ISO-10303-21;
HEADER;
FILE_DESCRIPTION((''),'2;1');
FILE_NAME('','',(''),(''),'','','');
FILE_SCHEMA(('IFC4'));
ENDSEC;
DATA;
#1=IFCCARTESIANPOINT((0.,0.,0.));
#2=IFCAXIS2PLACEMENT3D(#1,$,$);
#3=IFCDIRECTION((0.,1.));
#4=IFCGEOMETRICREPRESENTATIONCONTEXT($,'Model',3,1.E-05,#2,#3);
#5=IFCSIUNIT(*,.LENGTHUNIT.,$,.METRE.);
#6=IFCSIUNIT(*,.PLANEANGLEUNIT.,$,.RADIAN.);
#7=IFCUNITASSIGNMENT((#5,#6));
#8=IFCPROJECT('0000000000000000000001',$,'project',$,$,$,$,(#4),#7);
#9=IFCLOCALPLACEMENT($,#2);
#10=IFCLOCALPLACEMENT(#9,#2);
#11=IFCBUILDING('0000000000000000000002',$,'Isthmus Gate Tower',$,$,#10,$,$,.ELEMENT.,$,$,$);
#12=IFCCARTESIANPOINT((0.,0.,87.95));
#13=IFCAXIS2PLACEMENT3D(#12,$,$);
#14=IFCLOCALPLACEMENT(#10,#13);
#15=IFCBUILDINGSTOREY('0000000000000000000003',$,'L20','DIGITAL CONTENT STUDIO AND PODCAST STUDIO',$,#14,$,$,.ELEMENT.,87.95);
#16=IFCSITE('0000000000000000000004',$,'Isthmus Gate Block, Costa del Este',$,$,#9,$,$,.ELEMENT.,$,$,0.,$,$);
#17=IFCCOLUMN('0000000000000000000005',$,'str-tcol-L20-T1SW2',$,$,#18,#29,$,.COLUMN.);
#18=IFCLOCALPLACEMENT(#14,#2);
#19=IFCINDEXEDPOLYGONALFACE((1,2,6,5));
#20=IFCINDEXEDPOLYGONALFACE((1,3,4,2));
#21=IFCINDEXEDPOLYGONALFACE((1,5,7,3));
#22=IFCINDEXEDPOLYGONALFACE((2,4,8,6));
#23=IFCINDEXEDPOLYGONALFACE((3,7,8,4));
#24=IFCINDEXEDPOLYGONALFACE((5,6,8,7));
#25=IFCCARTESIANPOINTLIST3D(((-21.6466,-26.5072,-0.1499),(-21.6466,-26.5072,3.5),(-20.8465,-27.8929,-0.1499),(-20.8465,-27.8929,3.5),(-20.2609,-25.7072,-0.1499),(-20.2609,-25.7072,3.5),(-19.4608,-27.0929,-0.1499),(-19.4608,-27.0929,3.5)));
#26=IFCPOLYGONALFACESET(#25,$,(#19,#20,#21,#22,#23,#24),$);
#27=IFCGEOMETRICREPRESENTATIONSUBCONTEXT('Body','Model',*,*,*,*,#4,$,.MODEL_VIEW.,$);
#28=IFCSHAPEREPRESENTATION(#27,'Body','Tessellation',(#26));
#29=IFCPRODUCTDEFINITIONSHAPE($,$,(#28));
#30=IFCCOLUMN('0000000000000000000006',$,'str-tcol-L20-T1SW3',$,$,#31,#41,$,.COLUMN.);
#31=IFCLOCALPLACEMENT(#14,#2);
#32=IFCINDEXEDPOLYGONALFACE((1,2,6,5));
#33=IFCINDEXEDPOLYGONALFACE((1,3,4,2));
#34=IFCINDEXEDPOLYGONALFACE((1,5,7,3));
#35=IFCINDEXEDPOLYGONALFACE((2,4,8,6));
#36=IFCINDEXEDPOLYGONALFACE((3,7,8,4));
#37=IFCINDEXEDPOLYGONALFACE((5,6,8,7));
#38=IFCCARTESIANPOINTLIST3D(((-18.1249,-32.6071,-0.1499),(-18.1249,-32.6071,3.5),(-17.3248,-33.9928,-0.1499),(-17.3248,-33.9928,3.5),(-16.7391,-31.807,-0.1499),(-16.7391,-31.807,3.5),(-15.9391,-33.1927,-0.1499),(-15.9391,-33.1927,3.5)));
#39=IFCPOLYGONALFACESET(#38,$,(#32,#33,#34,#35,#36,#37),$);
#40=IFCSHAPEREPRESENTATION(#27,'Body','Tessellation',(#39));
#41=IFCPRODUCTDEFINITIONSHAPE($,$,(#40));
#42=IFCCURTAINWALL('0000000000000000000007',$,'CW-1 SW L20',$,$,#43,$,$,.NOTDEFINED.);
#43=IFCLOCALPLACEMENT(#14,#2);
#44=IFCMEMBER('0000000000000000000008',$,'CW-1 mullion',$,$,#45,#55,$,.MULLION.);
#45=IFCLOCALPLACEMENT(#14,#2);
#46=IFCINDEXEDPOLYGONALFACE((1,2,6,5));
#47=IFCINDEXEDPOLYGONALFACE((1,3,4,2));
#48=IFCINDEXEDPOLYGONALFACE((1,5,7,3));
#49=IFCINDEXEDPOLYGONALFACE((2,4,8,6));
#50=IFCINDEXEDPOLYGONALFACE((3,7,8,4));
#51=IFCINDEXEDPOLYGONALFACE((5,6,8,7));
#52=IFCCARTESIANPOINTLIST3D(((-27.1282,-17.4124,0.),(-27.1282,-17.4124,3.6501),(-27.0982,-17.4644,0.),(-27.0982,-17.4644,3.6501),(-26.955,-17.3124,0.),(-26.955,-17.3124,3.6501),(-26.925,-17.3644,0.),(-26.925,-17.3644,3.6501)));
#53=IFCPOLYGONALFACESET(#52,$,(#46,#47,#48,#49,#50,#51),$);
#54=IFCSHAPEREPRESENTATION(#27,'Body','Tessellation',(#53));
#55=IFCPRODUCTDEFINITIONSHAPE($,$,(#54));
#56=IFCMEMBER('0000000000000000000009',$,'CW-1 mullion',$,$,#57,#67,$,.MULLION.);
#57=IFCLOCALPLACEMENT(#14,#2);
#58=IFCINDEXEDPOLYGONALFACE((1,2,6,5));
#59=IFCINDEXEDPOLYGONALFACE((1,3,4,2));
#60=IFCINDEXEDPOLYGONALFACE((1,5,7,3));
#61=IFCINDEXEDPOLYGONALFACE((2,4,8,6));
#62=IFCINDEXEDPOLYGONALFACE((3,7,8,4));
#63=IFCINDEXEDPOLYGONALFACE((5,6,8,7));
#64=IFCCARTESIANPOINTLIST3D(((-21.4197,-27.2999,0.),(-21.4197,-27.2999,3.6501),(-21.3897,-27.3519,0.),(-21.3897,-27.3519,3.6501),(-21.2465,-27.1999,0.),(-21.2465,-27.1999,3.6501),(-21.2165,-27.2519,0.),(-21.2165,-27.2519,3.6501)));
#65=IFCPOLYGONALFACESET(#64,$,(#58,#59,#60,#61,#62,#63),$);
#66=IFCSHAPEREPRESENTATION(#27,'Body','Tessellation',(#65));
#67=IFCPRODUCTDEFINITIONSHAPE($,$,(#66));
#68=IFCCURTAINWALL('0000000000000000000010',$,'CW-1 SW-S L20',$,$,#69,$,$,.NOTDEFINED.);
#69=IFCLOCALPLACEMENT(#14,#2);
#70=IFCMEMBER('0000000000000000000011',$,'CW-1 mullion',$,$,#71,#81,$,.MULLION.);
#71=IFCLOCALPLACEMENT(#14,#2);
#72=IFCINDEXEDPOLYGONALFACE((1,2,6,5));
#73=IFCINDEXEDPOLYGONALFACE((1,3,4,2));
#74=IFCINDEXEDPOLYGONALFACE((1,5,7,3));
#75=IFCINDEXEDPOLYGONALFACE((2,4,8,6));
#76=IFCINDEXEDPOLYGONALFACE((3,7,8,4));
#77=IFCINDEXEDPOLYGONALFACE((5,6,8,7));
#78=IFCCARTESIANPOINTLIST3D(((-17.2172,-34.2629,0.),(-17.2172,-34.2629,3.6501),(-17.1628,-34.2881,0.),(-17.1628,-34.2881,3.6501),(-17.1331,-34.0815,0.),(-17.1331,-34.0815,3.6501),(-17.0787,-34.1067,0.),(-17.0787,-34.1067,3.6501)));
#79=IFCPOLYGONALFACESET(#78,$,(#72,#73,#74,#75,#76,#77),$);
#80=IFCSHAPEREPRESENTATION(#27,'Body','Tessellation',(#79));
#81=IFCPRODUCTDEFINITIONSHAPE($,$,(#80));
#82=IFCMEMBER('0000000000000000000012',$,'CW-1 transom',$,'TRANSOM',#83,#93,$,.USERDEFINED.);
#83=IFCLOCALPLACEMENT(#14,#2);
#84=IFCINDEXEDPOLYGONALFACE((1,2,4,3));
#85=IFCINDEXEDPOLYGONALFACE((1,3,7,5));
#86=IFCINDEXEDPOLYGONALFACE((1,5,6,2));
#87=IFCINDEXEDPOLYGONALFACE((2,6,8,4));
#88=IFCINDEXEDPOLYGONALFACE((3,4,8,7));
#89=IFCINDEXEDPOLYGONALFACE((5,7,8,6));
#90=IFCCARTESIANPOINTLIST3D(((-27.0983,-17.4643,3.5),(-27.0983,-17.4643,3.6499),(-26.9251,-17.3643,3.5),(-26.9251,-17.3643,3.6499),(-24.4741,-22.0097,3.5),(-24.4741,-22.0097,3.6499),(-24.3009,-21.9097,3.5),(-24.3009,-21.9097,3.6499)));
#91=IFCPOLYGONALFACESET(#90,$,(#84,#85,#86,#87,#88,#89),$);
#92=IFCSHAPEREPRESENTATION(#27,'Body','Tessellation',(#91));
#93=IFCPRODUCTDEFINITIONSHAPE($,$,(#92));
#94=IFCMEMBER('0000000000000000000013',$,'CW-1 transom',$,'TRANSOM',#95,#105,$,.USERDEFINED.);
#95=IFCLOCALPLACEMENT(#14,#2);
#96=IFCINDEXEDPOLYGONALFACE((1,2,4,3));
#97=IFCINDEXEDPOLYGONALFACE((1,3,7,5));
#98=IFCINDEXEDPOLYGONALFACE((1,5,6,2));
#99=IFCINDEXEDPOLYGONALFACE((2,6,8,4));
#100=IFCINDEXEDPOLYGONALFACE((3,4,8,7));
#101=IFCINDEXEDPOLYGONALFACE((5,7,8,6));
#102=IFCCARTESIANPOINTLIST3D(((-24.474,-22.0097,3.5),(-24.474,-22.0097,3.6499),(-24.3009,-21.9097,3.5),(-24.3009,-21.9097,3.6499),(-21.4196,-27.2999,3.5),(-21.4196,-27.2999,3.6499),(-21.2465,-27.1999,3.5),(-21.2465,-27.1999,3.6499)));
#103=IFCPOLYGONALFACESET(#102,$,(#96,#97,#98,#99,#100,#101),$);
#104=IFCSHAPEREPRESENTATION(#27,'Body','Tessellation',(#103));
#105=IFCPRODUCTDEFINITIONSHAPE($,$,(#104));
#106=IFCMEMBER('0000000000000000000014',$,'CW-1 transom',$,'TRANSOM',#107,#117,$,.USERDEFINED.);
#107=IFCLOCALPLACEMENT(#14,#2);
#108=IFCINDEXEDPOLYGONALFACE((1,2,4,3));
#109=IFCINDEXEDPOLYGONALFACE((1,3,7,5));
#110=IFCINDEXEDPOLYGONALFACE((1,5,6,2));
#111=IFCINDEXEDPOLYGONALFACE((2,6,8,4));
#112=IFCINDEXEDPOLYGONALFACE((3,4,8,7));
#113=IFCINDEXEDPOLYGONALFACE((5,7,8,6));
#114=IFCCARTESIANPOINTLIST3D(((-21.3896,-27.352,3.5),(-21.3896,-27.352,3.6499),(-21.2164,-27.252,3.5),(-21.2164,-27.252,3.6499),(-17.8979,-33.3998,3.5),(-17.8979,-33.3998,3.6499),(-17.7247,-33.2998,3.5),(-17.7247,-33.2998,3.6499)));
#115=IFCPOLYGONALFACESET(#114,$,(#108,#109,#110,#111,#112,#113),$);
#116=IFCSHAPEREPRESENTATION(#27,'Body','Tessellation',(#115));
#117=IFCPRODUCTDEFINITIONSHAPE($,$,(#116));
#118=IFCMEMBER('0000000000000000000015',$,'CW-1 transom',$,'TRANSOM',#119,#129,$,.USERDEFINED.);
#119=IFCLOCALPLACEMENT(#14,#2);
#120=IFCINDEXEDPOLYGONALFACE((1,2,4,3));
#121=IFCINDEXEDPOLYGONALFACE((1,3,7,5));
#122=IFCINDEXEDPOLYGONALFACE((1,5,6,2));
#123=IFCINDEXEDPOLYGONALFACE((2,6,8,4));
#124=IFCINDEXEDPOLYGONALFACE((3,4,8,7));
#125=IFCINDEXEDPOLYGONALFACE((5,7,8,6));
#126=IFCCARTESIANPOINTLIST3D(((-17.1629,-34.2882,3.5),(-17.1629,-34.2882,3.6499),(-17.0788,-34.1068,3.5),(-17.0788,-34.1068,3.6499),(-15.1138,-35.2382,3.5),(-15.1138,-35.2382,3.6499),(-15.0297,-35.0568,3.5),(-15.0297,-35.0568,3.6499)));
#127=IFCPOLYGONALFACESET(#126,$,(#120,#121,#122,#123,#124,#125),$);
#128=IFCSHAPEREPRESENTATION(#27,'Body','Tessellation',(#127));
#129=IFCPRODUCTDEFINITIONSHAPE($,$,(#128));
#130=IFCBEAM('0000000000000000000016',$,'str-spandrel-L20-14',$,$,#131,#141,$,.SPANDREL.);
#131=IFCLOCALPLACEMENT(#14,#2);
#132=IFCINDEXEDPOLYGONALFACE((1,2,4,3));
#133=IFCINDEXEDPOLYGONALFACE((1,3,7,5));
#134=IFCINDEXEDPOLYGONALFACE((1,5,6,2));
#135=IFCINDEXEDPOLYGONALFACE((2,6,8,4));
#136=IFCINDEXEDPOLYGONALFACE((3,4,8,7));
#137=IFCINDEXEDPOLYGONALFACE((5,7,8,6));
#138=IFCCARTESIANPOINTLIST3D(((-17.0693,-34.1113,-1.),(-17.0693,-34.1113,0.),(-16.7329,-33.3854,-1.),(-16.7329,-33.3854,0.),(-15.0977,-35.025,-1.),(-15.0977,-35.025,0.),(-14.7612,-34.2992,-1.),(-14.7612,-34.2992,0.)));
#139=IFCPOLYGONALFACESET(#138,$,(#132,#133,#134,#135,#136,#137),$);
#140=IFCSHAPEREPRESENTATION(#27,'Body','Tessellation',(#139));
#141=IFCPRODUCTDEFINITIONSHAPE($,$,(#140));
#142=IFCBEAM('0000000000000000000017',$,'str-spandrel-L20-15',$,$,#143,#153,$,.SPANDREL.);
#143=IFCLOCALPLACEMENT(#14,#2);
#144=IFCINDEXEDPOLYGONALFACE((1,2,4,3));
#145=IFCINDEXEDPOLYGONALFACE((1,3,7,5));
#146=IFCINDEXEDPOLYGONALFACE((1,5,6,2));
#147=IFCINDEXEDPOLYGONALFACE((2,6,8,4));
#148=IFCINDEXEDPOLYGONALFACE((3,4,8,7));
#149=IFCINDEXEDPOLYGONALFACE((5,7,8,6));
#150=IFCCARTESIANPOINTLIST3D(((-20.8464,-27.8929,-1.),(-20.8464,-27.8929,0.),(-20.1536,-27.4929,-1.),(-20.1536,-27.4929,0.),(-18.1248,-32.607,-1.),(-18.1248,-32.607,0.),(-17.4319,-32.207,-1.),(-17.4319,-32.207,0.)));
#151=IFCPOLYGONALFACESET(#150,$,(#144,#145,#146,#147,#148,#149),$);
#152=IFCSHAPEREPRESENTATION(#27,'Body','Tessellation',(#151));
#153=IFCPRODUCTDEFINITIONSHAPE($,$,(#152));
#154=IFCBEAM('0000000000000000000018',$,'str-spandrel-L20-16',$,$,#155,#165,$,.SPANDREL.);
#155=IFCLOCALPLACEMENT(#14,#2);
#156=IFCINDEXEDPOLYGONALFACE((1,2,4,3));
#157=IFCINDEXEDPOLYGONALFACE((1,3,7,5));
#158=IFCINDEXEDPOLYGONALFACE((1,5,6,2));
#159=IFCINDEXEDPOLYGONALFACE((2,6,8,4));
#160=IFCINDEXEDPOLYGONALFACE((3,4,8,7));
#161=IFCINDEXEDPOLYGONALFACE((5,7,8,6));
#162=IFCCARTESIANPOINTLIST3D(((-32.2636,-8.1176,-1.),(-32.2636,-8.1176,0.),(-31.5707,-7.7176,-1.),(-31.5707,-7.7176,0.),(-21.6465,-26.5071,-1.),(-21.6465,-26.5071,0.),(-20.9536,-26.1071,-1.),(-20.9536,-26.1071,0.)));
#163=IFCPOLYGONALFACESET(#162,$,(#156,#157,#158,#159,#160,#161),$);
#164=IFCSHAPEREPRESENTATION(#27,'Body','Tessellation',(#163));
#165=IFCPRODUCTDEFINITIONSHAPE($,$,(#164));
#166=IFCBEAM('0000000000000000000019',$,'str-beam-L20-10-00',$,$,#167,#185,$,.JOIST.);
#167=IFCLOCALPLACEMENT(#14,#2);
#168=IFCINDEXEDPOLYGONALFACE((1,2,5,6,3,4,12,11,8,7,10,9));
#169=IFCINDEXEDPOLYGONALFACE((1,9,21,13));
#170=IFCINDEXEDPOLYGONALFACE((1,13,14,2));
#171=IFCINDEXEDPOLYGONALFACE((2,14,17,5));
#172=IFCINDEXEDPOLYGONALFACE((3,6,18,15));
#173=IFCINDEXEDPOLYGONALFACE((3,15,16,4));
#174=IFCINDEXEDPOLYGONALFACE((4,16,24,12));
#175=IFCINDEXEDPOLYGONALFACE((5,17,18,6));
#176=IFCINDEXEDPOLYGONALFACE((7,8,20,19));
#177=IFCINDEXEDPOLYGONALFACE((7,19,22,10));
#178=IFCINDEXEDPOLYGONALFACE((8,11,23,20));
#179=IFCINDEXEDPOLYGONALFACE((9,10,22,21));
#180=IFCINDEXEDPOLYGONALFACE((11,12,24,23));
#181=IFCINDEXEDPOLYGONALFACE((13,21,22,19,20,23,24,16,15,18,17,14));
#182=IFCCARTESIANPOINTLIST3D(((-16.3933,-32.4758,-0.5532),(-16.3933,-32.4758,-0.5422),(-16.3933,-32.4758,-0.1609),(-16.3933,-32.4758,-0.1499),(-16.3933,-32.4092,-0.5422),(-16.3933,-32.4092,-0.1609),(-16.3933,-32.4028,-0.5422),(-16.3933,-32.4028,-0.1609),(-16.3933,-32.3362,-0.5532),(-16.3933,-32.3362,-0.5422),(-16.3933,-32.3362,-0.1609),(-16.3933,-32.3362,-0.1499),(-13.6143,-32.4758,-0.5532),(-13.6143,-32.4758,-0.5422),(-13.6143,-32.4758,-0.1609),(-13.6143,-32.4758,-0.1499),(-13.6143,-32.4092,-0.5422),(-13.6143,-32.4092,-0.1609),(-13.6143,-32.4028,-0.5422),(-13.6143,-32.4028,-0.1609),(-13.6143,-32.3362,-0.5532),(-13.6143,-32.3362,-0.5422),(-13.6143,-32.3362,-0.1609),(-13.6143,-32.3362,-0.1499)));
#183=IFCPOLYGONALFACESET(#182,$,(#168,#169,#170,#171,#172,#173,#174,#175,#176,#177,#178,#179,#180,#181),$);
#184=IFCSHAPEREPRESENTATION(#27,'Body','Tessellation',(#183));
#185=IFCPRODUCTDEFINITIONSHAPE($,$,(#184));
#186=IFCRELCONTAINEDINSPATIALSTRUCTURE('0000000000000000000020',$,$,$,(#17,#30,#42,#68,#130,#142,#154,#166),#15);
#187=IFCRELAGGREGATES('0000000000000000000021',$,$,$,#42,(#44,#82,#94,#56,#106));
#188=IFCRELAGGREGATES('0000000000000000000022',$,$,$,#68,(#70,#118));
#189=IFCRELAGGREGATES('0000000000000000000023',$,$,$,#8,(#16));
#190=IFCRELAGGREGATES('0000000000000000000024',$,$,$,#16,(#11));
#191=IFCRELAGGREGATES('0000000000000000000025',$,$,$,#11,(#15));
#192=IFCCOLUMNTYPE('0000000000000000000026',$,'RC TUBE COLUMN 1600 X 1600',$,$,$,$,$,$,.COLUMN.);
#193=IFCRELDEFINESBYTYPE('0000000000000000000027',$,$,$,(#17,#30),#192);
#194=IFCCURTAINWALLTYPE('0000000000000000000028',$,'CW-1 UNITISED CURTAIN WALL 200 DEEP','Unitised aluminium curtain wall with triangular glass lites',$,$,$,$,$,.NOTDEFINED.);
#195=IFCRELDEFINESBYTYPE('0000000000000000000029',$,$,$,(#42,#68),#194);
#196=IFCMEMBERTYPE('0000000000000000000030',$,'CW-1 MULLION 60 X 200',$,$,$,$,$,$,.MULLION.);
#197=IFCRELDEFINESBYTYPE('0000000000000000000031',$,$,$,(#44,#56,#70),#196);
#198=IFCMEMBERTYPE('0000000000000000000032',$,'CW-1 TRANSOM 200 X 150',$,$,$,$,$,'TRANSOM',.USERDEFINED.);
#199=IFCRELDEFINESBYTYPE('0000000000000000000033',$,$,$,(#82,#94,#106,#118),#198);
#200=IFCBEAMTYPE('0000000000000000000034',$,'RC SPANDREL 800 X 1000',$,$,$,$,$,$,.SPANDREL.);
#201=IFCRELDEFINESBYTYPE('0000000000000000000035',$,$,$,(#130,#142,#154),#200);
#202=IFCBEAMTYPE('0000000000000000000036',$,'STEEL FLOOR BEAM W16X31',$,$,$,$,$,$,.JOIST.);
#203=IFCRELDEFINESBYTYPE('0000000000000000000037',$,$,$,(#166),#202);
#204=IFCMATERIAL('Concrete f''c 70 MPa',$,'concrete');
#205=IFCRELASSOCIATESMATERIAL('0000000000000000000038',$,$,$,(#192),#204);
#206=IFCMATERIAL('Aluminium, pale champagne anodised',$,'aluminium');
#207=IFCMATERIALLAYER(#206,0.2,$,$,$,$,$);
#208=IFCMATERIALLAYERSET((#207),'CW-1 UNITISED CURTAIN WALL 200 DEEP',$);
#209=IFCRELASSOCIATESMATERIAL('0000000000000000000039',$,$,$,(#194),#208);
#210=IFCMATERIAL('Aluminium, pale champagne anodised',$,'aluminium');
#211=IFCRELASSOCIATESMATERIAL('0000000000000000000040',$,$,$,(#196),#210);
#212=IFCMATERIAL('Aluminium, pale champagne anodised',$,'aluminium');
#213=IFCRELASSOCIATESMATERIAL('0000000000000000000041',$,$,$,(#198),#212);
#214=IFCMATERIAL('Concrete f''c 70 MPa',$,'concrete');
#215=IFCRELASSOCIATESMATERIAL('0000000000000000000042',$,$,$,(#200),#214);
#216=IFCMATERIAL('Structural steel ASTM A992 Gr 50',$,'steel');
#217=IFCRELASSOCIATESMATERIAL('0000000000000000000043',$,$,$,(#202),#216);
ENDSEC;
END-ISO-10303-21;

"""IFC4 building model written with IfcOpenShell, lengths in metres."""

from ifc_helpers import new_model, si_unit, direction, frame, origin, origin_2d, place, context, subcontext, project, spatial, rectangle, i_section, extrude, material, layer, layer_set, material_profile, profile_set, type_object, element, aggregate, save


model = new_model("IFC4")

# Units and contexts
model_context = context("Model", 3, precision=1e-05, world=origin(), true_north=direction((0.0, 1.0)))
body_context = subcontext(model_context, "Body", "Model", "MODEL_VIEW")
ifc_project = project(units=[si_unit("LENGTHUNIT", "METRE"), si_unit("PLANEANGLEUNIT", "RADIAN")], contexts=[model_context])

# Site, building, storey
site_placement = place(None, origin())
site = spatial("IfcSite", under=ifc_project, at=site_placement, Name="Isthmus Gate Block, Costa del Este", CompositionType="ELEMENT", RefElevation=0.0)
building_placement = place(site_placement, origin())
building = spatial("IfcBuilding", under=site, at=building_placement, Name="Isthmus Gate Tower", CompositionType="ELEMENT")
storey_placement = place(building_placement, frame((0.0, 0.0, 87.95)))
storey = spatial("IfcBuildingStorey", under=building, at=storey_placement, Name="L20", Description="DIGITAL CONTENT STUDIO AND PODCAST STUDIO", CompositionType="ELEMENT", Elevation=87.95)

# Columns
ifc_material_1 = material(Name="Concrete f'c 70 MPa", Category="concrete")
ifc_material_profile_1 = material_profile(ifc_material_1, rectangle(XDim=1.6001, YDim=1.6001, at=origin_2d()), Name="RC 1600X1600")
ifc_profile_set_1 = profile_set([ifc_material_profile_1], Name="Concrete f'c 70 MPa")
column_type = type_object("IfcColumnType", Name="RC TUBE COLUMN 1600 X 1600", PredefinedType="COLUMN", material=ifc_profile_set_1)
for number, where, z_axis, x_axis, name in (
    (1, (-20.5537, -26.8, -0.1499), (0.0, 0.0, 1.0), (0.5, -0.866025, 0.0), "str-tcol-L20-T1SW2"),
    (2, (-17.032, -32.8999, -0.1499), (0.0, 0.0, 1.0), (0.5, -0.866025, 0.0), "str-tcol-L20-T1SW3"),
):
    element("IfcColumn", number, at=place(storey_placement, frame(where, z_axis=z_axis, x_axis=x_axis)), inside=storey, type_object=column_type, Name=name, PredefinedType="COLUMN", context=body_context, shape_type="SweptSolid", body=[
        extrude(rectangle(XDim=1.6001, YDim=1.6001, at=origin_2d()), origin(), (0.0, 0.0, 1.0), 3.6499),
    ])

# Curtain wall, members
ifc_material_2 = material(Name="Aluminium, pale champagne anodised", Category="aluminium")
ifc_layer_1 = layer(ifc_material_2, 0.2)
ifc_layer_set_1 = layer_set([ifc_layer_1], Name="CW-1 UNITISED CURTAIN WALL 200 DEEP")
curtain_wall_type = type_object("IfcCurtainWallType", Name="CW-1 UNITISED CURTAIN WALL 200 DEEP", Description="Unitised aluminium curtain wall with triangular glass lites", PredefinedType="NOTDEFINED", material=ifc_layer_set_1)
curtain_wall_1_placement = place(storey_placement, origin())
curtain_wall_1 = element("IfcCurtainWall", 3, at=curtain_wall_1_placement, inside=storey, type_object=curtain_wall_type, Name="CW-1 SW L20", PredefinedType="NOTDEFINED")
ifc_material_3 = material(Name="Aluminium, pale champagne anodised", Category="aluminium")
ifc_material_profile_2 = material_profile(ifc_material_3, rectangle(XDim=0.0601, YDim=0.2, at=origin_2d()), Name="60x200")
ifc_profile_set_2 = profile_set([ifc_material_profile_2], Name="Aluminium, pale champagne anodised")
member_type_1 = type_object("IfcMemberType", Name="CW-1 MULLION 60 X 200", PredefinedType="MULLION", material=ifc_profile_set_2)
member_1_placement = place(storey_placement, frame((-27.0266, -17.3884, 0.0), z_axis=(0.0, 0.0, 1.0), x_axis=(0.5, -0.866025, 0.0)))
member_1 = element("IfcMember", 4, at=member_1_placement, type_object=member_type_1, Name="CW-1 mullion", PredefinedType="MULLION", context=body_context, shape_type="SweptSolid", body=[
    extrude(rectangle(XDim=0.0601, YDim=0.2, at=origin_2d()), origin(), (0.0, 0.0, 1.0), 3.6501),
])
member_2_placement = place(storey_placement, frame((-21.3181, -27.2759, 0.0), z_axis=(0.0, 0.0, 1.0), x_axis=(0.5, -0.866025, 0.0)))
member_2 = element("IfcMember", 5, at=member_2_placement, type_object=member_type_1, Name="CW-1 mullion", PredefinedType="MULLION", context=body_context, shape_type="SweptSolid", body=[
    extrude(rectangle(XDim=0.0601, YDim=0.2, at=origin_2d()), origin(), (0.0, 0.0, 1.0), 3.6501),
])

# Curtain wall, member
curtain_wall_2_placement = place(storey_placement, origin())
curtain_wall_2 = element("IfcCurtainWall", 6, at=curtain_wall_2_placement, inside=storey, type_object=curtain_wall_type, Name="CW-1 SW-S L20", PredefinedType="NOTDEFINED")
member_3_placement = place(storey_placement, frame((-17.1479, -34.1848, 0.0), z_axis=(0.0, 0.0, 1.0), x_axis=(0.907256, -0.420578, 0.0)))
member_3 = element("IfcMember", 7, at=member_3_placement, type_object=member_type_1, Name="CW-1 mullion", PredefinedType="MULLION", context=body_context, shape_type="SweptSolid", body=[
    extrude(rectangle(XDim=0.0601, YDim=0.2, at=origin_2d()), origin(), (0.0, 0.0, 1.0), 3.6501),
])

# Members
ifc_material_4 = material(Name="Aluminium, pale champagne anodised", Category="aluminium")
ifc_material_profile_3 = material_profile(ifc_material_4, rectangle(XDim=0.2, YDim=0.1499, at=origin_2d()), Name="200x150")
ifc_profile_set_3 = profile_set([ifc_material_profile_3], Name="Aluminium, pale champagne anodised")
member_type_2 = type_object("IfcMemberType", Name="CW-1 TRANSOM 200 X 150", ElementType="TRANSOM", PredefinedType="USERDEFINED", material=ifc_profile_set_3)
member_4_placement = place(storey_placement, frame((-27.0117, -17.4143, 3.575), z_axis=(0.499996, -0.866028, 0.0), x_axis=(0.866028, 0.499996, 0.0)))
member_4 = element("IfcMember", 8, at=member_4_placement, type_object=member_type_2, Name="CW-1 transom", ObjectType="TRANSOM", PredefinedType="USERDEFINED", context=body_context, shape_type="SweptSolid", body=[
    extrude(rectangle(XDim=0.2, YDim=0.1499, at=origin_2d()), origin(), (0.0, 0.0, 1.0), 5.2485),
])
member_5_placement = place(storey_placement, frame((-24.3875, -21.9597, 3.575), z_axis=(0.500012, -0.866019, 0.0), x_axis=(0.866019, 0.500012, 0.0)))
member_5 = element("IfcMember", 9, at=member_5_placement, type_object=member_type_2, Name="CW-1 transom", ObjectType="TRANSOM", PredefinedType="USERDEFINED", context=body_context, shape_type="SweptSolid", body=[
    extrude(rectangle(XDim=0.2, YDim=0.1499, at=origin_2d()), origin(), (0.0, 0.0, 1.0), 6.1086),
])
member_6_placement = place(storey_placement, frame((-21.303, -27.302, 3.575), z_axis=(0.499997, -0.866027, 0.0), x_axis=(0.866027, 0.499997, 0.0)))
member_6 = element("IfcMember", 10, at=member_6_placement, type_object=member_type_2, Name="CW-1 transom", ObjectType="TRANSOM", PredefinedType="USERDEFINED", context=body_context, shape_type="SweptSolid", body=[
    extrude(rectangle(XDim=0.2, YDim=0.1499, at=origin_2d()), origin(), (0.0, 0.0, 1.0), 6.9834),
])
member_7_placement = place(storey_placement, frame((-17.1208, -34.1975, 3.575), z_axis=(0.907246, -0.4206, 0.0), x_axis=(0.4206, 0.907246, 0.0)))
member_7 = element("IfcMember", 11, at=member_7_placement, type_object=member_type_2, Name="CW-1 transom", ObjectType="TRANSOM", PredefinedType="USERDEFINED", context=body_context, shape_type="SweptSolid", body=[
    extrude(rectangle(XDim=0.2, YDim=0.1499, at=origin_2d()), origin(), (0.0, 0.0, 1.0), 2.2585),
])

# Beams
ifc_material_5 = material(Name="Concrete f'c 70 MPa", Category="concrete")
ifc_material_profile_4 = material_profile(ifc_material_5, rectangle(XDim=0.8, YDim=1.0, at=origin_2d()), Name="RC 800X1000")
ifc_profile_set_4 = profile_set([ifc_material_profile_4], Name="Concrete f'c 70 MPa")
beam_type_1 = type_object("IfcBeamType", Name="RC SPANDREL 800 X 1000", PredefinedType="SPANDREL", material=ifc_profile_set_4)
beam_1_placement = place(storey_placement, frame((-14.9294, -34.6621, -0.5), z_axis=(-0.907291, 0.420504, 0.0), x_axis=(-0.420504, -0.907291, 0.0)))
element("IfcBeam", 12, at=beam_1_placement, inside=storey, type_object=beam_type_1, Name="str-spandrel-L20-14", PredefinedType="SPANDREL", context=body_context, shape_type="SweptSolid", body=[
    extrude(rectangle(XDim=0.8, YDim=1.0, at=origin_2d()), origin(), (0.0, 0.0, 1.0), 2.1731),
])
beam_2_placement = place(storey_placement, frame((-17.7783, -32.407, -0.5), z_axis=(-0.499998, 0.866026, 0.0), x_axis=(-0.866026, -0.499998, 0.0)))
element("IfcBeam", 13, at=beam_2_placement, inside=storey, type_object=beam_type_1, Name="str-spandrel-L20-15", PredefinedType="SPANDREL", context=body_context, shape_type="SweptSolid", body=[
    extrude(rectangle(XDim=0.8, YDim=1.0, at=origin_2d()), origin(), (0.0, 0.0, 1.0), 5.4434),
])
beam_3_placement = place(storey_placement, frame((-21.3, -26.3071, -0.5), z_axis=(-0.499997, 0.866027, 0.0), x_axis=(-0.866027, -0.499997, 0.0)))
element("IfcBeam", 14, at=beam_3_placement, inside=storey, type_object=beam_type_1, Name="str-spandrel-L20-16", PredefinedType="SPANDREL", context=body_context, shape_type="SweptSolid", body=[
    extrude(rectangle(XDim=0.8, YDim=1.0, at=origin_2d()), origin(), (0.0, 0.0, 1.0), 21.2344),
])
ifc_material_6 = material(Name="Structural steel ASTM A992 Gr 50", Category="steel")
ifc_material_profile_5 = material_profile(ifc_material_6, i_section(OverallWidth=0.1396, OverallDepth=0.4033, WebThickness=0.0063, FlangeThickness=0.011, at=origin_2d()), Name="W16X31")
ifc_profile_set_5 = profile_set([ifc_material_profile_5], Name="Structural steel ASTM A992 Gr 50")
beam_type_2 = type_object("IfcBeamType", Name="STEEL FLOOR BEAM W16X31", PredefinedType="JOIST", material=ifc_profile_set_5)
beam_4_placement = place(storey_placement, frame((-16.3933, -32.406, -0.3516), z_axis=(1.0, 0.0, 0.0), x_axis=(0.0, 1.0, 0.0)))
element("IfcBeam", 15, at=beam_4_placement, inside=storey, type_object=beam_type_2, Name="str-beam-L20-10-00", PredefinedType="JOIST", context=body_context, shape_type="SweptSolid", body=[
    extrude(i_section(OverallWidth=0.1396, OverallDepth=0.4033, WebThickness=0.0063, FlangeThickness=0.011, at=origin_2d()), origin(), (0.0, 0.0, 1.0), 2.7791),
])

aggregate(curtain_wall_1, [member_1, member_4, member_5, member_2, member_6])
aggregate(curtain_wall_2, [member_3, member_7])

save(model, "model.ifc")
